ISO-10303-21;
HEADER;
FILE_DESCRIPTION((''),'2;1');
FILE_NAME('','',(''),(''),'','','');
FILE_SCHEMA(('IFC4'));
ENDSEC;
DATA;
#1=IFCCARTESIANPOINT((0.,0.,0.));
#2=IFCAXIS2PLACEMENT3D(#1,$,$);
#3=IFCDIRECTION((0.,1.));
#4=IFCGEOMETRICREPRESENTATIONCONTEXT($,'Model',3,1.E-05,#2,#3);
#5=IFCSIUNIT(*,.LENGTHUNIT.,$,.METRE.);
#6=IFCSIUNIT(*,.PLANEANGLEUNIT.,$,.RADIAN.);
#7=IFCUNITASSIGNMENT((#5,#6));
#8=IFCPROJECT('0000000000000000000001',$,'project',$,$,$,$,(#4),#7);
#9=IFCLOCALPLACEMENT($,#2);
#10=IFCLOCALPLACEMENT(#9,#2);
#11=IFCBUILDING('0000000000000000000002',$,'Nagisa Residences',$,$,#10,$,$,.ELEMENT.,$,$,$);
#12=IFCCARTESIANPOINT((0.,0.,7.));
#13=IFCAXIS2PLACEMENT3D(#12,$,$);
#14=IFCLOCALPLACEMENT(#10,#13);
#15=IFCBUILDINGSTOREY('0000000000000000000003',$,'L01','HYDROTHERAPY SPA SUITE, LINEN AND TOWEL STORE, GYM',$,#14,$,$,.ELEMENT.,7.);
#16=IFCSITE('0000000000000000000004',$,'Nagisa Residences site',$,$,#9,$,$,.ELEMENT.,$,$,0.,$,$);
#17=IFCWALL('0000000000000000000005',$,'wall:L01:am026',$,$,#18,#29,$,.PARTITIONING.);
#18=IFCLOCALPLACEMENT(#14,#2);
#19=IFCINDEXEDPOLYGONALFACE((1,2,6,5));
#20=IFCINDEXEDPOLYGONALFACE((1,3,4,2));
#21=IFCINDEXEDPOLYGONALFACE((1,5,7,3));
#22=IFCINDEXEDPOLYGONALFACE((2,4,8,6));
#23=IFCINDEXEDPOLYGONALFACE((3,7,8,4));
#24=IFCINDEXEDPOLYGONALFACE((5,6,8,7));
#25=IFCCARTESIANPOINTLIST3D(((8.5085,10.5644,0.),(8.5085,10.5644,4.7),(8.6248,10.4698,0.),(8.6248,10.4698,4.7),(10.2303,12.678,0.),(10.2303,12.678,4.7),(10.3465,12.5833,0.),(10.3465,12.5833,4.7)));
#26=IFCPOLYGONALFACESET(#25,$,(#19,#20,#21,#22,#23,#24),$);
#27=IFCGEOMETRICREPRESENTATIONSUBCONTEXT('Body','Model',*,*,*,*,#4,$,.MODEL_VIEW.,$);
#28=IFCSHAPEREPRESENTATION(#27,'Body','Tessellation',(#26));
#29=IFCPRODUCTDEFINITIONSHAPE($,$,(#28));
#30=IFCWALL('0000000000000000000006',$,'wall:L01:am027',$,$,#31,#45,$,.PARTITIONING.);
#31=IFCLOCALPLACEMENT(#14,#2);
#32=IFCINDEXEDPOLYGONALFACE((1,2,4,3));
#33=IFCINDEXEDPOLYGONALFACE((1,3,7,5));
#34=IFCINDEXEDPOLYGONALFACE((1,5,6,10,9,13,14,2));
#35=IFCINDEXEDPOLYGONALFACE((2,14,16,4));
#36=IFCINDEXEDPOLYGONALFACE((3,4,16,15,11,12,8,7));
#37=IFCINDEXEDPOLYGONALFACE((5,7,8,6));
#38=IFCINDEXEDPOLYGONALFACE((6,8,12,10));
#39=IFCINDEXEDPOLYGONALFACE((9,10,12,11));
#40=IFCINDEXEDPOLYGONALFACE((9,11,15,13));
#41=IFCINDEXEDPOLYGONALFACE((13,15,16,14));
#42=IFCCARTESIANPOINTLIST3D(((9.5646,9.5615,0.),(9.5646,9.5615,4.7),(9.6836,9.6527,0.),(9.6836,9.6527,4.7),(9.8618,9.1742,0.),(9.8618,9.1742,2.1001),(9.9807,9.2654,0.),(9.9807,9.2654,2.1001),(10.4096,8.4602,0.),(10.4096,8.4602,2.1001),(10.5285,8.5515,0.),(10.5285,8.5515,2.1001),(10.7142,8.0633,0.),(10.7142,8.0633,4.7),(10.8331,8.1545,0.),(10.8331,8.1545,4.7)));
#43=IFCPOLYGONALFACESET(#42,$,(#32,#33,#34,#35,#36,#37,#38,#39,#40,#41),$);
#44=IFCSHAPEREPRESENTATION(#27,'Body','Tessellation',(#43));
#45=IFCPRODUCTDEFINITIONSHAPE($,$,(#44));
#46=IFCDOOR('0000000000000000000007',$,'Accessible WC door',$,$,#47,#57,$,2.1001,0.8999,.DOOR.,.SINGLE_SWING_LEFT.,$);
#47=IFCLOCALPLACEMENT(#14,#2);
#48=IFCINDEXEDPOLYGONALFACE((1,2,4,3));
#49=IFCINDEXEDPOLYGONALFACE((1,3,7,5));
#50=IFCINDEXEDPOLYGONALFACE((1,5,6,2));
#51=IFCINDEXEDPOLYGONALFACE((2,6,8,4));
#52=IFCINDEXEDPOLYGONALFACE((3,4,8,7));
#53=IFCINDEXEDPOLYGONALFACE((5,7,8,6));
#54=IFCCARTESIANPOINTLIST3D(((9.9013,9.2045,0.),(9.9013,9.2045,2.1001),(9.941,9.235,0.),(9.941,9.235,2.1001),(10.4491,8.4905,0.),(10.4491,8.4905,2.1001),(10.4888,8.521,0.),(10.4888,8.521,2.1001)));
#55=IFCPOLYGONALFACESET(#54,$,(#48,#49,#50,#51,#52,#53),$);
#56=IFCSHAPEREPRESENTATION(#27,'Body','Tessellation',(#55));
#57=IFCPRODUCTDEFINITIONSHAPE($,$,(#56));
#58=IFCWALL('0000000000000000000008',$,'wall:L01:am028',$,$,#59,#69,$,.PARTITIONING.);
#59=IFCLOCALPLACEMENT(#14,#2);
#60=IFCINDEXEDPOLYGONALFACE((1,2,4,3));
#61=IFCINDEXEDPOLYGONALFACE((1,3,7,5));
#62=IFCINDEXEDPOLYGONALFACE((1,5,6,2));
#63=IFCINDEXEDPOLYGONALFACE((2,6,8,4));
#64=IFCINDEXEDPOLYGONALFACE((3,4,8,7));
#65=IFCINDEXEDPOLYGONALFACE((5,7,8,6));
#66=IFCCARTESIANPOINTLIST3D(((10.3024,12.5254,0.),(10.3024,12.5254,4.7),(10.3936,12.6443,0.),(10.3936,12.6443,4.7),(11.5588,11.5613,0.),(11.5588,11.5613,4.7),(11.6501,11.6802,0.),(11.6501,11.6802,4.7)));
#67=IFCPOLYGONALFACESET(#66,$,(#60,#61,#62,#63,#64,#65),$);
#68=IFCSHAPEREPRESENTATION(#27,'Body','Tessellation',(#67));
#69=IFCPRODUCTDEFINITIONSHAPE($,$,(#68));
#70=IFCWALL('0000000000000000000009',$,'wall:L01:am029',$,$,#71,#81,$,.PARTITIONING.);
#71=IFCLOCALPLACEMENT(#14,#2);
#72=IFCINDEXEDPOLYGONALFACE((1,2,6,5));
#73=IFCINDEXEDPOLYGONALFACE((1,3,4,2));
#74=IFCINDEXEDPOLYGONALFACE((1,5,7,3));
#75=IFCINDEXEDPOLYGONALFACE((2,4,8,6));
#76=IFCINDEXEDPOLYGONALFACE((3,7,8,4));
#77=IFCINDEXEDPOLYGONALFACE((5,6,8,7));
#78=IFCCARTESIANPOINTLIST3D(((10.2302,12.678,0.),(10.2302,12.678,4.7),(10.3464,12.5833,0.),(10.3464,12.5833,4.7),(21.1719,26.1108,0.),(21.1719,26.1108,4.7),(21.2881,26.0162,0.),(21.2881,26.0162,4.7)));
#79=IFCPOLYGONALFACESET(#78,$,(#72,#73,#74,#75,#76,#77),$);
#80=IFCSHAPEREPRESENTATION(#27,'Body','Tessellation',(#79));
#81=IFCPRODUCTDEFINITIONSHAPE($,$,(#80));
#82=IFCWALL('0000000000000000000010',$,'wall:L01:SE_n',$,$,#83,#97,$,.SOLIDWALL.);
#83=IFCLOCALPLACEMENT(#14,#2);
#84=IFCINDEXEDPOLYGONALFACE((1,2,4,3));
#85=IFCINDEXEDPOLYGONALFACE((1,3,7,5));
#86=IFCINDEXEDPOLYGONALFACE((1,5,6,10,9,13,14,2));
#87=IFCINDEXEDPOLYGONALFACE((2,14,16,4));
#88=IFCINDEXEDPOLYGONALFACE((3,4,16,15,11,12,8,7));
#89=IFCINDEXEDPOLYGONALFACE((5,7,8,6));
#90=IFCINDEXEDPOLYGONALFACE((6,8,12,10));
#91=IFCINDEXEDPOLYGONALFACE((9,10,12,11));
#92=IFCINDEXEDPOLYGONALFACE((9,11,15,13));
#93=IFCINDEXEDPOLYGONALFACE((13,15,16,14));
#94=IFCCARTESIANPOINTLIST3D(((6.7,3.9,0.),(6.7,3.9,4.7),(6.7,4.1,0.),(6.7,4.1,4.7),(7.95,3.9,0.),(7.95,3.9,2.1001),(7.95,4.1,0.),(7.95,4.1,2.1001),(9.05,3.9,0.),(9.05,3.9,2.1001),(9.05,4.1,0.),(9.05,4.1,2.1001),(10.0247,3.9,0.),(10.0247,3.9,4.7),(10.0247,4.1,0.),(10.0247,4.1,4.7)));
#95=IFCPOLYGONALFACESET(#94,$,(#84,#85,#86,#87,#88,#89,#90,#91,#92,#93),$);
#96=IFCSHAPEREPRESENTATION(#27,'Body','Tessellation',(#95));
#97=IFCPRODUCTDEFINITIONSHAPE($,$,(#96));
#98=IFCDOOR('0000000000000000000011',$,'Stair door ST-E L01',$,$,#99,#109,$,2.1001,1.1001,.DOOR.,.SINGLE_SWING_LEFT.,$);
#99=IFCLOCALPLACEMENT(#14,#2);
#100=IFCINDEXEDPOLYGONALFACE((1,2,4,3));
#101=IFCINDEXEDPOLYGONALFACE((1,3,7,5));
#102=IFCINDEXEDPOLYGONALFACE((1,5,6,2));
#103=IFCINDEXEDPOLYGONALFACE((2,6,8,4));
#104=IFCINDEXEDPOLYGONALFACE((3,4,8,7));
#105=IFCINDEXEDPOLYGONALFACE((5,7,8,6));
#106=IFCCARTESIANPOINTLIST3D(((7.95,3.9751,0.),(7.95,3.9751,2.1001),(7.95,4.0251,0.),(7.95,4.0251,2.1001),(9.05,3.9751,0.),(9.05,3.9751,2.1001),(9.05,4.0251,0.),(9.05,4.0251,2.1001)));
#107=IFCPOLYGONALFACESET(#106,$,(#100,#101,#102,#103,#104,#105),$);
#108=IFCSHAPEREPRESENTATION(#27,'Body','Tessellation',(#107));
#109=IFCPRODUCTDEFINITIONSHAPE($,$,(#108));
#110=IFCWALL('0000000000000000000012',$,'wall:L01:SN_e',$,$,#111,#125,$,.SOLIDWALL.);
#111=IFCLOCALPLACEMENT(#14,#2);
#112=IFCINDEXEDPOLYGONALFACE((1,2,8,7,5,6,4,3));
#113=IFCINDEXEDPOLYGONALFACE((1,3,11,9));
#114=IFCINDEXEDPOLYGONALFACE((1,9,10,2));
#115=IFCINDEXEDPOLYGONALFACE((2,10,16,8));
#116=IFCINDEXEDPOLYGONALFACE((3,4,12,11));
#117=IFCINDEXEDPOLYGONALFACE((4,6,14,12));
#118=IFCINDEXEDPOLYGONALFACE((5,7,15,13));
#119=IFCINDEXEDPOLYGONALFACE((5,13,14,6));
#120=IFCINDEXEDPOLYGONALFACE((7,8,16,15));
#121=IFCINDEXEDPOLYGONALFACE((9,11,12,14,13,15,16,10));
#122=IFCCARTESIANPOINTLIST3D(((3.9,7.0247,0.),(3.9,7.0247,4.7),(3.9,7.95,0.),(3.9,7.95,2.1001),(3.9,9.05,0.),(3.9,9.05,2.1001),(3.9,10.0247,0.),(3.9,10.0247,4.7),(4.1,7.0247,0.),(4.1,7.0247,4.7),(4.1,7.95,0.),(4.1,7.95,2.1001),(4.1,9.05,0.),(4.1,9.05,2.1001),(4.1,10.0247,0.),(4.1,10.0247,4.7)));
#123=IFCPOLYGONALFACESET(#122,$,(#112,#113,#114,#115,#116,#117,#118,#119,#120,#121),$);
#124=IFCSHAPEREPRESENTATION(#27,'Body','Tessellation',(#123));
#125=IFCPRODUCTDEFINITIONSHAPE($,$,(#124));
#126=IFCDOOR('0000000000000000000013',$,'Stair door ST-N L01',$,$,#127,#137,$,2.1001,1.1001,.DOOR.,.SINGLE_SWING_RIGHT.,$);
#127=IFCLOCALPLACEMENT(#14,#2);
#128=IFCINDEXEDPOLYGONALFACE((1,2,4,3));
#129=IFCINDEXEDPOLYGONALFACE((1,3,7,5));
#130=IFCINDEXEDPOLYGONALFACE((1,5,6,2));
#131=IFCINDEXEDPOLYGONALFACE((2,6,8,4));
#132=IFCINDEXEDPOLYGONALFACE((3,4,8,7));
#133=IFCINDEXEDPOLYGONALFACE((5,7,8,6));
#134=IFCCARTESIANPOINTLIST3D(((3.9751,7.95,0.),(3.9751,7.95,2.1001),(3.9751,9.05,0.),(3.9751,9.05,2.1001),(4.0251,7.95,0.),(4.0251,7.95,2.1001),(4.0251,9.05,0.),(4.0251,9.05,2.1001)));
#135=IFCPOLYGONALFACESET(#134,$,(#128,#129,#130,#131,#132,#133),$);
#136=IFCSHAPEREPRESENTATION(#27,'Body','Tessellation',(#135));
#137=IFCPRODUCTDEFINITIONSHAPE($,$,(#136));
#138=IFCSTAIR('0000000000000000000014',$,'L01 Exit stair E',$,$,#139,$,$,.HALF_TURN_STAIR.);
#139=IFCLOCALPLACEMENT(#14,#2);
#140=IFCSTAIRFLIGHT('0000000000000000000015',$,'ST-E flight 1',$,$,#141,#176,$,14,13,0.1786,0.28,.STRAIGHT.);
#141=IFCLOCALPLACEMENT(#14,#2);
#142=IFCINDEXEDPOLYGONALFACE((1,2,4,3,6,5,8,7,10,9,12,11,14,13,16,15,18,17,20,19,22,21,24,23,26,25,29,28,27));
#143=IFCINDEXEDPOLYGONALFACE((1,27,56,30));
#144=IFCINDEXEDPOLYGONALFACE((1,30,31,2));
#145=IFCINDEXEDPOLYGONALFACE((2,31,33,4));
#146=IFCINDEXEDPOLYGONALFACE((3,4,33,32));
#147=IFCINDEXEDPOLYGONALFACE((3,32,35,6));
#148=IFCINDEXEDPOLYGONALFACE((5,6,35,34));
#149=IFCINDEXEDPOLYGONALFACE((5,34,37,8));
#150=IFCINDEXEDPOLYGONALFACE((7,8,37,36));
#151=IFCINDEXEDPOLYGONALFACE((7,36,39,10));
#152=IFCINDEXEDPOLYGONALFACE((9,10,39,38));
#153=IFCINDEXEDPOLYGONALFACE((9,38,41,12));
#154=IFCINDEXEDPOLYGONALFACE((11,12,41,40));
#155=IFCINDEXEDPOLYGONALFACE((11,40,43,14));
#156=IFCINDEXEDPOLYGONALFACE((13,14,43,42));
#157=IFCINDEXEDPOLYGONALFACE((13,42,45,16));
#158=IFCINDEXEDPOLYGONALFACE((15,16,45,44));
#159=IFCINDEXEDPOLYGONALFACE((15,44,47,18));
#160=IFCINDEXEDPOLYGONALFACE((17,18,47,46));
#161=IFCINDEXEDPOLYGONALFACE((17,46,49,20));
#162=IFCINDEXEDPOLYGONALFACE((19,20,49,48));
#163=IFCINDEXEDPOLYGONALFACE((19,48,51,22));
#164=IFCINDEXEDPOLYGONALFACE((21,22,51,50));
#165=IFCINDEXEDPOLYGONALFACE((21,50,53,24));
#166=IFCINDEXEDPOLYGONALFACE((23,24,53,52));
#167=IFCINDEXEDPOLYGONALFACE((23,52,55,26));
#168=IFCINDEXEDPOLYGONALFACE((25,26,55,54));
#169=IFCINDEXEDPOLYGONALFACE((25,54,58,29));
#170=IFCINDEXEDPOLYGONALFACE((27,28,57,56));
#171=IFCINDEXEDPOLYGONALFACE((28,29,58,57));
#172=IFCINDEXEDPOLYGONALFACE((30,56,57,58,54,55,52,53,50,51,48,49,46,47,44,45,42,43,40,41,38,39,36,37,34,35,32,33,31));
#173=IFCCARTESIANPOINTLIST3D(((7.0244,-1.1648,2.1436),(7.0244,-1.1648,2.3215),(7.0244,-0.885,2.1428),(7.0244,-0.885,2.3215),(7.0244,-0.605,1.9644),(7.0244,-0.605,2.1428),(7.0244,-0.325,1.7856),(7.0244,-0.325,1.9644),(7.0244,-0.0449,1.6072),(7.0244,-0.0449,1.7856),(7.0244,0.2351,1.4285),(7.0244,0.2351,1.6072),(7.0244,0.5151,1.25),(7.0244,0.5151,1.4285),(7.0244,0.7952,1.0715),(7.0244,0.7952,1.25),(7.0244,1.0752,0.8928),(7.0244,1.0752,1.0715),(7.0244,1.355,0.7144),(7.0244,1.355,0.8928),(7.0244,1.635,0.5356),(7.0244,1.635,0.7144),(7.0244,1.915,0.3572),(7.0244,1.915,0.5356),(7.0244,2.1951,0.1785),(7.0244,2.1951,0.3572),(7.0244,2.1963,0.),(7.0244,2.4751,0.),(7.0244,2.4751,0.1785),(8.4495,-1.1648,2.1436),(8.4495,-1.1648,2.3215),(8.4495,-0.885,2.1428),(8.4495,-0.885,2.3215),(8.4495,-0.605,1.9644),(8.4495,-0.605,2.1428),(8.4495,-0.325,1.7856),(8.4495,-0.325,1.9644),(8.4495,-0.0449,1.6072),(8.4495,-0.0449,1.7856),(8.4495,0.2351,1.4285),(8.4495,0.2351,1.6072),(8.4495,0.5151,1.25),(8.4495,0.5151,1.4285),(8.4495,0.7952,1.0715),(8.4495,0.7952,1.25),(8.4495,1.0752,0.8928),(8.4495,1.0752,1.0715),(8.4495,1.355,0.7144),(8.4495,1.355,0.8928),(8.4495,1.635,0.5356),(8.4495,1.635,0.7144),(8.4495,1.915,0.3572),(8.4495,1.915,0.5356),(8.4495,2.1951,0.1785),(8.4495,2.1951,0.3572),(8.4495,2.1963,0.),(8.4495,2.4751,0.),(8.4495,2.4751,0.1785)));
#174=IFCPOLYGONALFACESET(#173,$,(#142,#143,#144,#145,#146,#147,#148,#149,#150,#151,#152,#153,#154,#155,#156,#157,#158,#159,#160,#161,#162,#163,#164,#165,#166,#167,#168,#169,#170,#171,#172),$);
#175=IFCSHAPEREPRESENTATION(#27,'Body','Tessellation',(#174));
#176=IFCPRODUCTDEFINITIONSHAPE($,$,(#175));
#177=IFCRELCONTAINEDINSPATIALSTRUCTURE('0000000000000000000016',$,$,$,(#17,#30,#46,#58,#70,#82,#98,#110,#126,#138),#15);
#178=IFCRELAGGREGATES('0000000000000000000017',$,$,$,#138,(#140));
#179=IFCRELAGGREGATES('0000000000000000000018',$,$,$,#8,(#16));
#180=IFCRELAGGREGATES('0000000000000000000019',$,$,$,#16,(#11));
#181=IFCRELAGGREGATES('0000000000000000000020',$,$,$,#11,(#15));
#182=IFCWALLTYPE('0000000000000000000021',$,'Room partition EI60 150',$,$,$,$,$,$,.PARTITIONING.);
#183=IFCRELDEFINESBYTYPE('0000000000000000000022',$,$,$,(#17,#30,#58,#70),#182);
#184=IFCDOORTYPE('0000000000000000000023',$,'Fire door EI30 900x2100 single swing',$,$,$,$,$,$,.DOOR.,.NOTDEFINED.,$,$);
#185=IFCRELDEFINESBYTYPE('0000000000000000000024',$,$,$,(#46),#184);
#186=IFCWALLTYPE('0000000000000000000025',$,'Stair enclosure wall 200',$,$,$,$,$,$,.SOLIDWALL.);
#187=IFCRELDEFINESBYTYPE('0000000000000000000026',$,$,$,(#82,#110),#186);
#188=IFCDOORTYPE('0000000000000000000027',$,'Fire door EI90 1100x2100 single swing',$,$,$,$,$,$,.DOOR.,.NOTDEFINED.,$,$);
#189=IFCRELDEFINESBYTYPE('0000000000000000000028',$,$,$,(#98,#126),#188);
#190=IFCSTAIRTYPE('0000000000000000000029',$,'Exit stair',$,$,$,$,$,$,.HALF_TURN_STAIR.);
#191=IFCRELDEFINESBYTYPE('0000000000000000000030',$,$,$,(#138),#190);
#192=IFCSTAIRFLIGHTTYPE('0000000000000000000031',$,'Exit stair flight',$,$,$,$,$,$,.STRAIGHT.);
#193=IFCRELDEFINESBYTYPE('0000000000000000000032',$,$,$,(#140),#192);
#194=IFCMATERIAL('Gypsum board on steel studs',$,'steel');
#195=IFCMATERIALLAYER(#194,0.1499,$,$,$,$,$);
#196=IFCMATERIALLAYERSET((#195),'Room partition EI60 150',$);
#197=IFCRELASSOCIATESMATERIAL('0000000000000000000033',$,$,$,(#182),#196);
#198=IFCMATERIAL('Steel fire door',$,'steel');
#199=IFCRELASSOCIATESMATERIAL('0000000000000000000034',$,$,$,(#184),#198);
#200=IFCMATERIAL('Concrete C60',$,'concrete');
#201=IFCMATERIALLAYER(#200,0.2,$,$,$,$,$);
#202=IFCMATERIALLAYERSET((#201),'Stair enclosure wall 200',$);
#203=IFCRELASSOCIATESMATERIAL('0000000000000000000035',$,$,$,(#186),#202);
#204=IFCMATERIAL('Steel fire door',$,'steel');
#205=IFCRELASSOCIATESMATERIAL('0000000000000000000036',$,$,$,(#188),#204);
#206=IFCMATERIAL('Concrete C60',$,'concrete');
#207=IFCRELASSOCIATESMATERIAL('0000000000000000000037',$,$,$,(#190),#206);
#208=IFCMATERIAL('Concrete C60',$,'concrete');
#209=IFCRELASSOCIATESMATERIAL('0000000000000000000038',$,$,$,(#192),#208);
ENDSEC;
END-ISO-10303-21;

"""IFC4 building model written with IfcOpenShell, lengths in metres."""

from ifc_helpers import new_model, si_unit, direction, frame, frame_2d, origin, place, context, subcontext, project, spatial, polyline, rectangle, outline, extrude, material, layer, layer_set, type_object, element, fill, aggregate, save


model = new_model("IFC4")

# Units and contexts
model_context = context("Model", 3, precision=1e-05, world=origin(), true_north=direction((0.0, 1.0)))
body_context = subcontext(model_context, "Body", "Model", "MODEL_VIEW")
ifc_project = project(units=[si_unit("LENGTHUNIT", "METRE"), si_unit("PLANEANGLEUNIT", "RADIAN")], contexts=[model_context])

# Site, building, storey
site_placement = place(None, origin())
site = spatial("IfcSite", under=ifc_project, at=site_placement, Name="Nagisa Residences site", CompositionType="ELEMENT", RefElevation=0.0)
building_placement = place(site_placement, origin())
building = spatial("IfcBuilding", under=site, at=building_placement, Name="Nagisa Residences", CompositionType="ELEMENT")
storey_placement = place(building_placement, frame((0.0, 0.0, 7.0)))
storey = spatial("IfcBuildingStorey", under=building, at=storey_placement, Name="L01", Description="HYDROTHERAPY SPA SUITE, LINEN AND TOWEL STORE, GYM", CompositionType="ELEMENT", Elevation=7.0)

# Shared definitions
ifc_material_1 = material(Name="Gypsum board on steel studs", Category="steel")
ifc_layer_1 = layer(ifc_material_1, 0.1499)
ifc_layer_set_1 = layer_set([ifc_layer_1], Name="Room partition EI60 150")
wall_type_1 = type_object("IfcWallType", Name="Room partition EI60 150", PredefinedType="PARTITIONING", material=ifc_layer_set_1)

# Shared definitions
ifc_material_2 = material(Name="Steel fire door", Category="steel")
door_type_1 = type_object("IfcDoorType", Name="Fire door EI30 900x2100 single swing", OperationType="NOTDEFINED", PredefinedType="DOOR", material=ifc_material_2)

# Wall
wall_1_placement = place(storey_placement, frame((8.5667, 10.5171, 0.0), z_axis=(0.0, 0.0, 1.0), x_axis=(0.631573, 0.775316, 0.0)))
element("IfcWall", 1, at=wall_1_placement, inside=storey, type_object=wall_type_1, Name="wall:L01:am026", PredefinedType="PARTITIONING", context=body_context, shape_type="SweptSolid", body=[
    extrude(rectangle(XDim=2.7261, YDim=0.1499, at=frame_2d((1.363, 0.0))), origin(), (0.0, 0.0, 1.0), 4.7),
])

# Wall, opening, door
wall_2_placement = place(storey_placement, frame((9.624, 9.6072, 0.0), z_axis=(0.0, 0.0, 1.0), x_axis=(0.608754, -0.793359, 0.0)))
wall_2 = element("IfcWall", 2, at=wall_2_placement, inside=storey, type_object=wall_type_1, Name="wall:L01:am027", PredefinedType="PARTITIONING", context=body_context, shape_type="SweptSolid", body=[
    extrude(rectangle(XDim=1.8884, YDim=0.1499, at=frame_2d((0.9443, 0.0))), origin(), (0.0, 0.0, 1.0), 4.7),
])
opening_1_placement = place(wall_2_placement, frame((0.4883, 0.0, 0.0)))
opening_1 = element("IfcOpeningElement", 3, at=opening_1_placement, cuts=wall_2, PredefinedType="OPENING", context=body_context, shape_type="SweptSolid", body=[
    extrude(rectangle(XDim=0.8999, YDim=2.1001, at=frame_2d((0.45, 1.05))), frame((0.0, 0.085, 0.0), z_axis=(0.0, -1.0, 0.0), x_axis=(1.0, 0.0, 0.0)), (0.0, 0.0, 1.0), 0.1699),
])
door_1_placement = place(opening_1_placement, origin())
door_1 = element("IfcDoor", 4, at=door_1_placement, inside=storey, type_object=door_type_1, Name="Accessible WC door", OperationType="SINGLE_SWING_LEFT", OverallHeight=2.1001, OverallWidth=0.8999, PredefinedType="DOOR", context=body_context, shape_type="SweptSolid", body=[
    extrude(rectangle(XDim=0.8999, YDim=2.1001, at=frame_2d((0.45, 1.05))), frame((0.0, 0.0249, 0.0), z_axis=(0.0, -1.0, 0.0), x_axis=(1.0, 0.0, 0.0)), (0.0, 0.0, 1.0), 0.05),
])
fill(opening_1, door_1)

# Walls
wall_3_placement = place(storey_placement, frame((10.3479, 12.585, 0.0), z_axis=(0.0, 0.0, 1.0), x_axis=(0.793328, -0.608794, 0.0)))
element("IfcWall", 5, at=wall_3_placement, inside=storey, type_object=wall_type_1, Name="wall:L01:am028", PredefinedType="PARTITIONING", context=body_context, shape_type="SweptSolid", body=[
    extrude(rectangle(XDim=1.5837, YDim=0.1499, at=frame_2d((0.792, 0.0))), origin(), (0.0, 0.0, 1.0), 4.7),
])
wall_4_placement = place(storey_placement, frame((10.2883, 12.6306, 0.0), z_axis=(0.0, 0.0, 1.0), x_axis=(0.631547, 0.775338, 0.0)))
element("IfcWall", 6, at=wall_4_placement, inside=storey, type_object=wall_type_1, Name="wall:L01:am029", PredefinedType="PARTITIONING", context=body_context, shape_type="SweptSolid", body=[
    extrude(rectangle(XDim=17.3252, YDim=0.1499, at=frame_2d((8.6626, 0.0))), origin(), (0.0, 0.0, 1.0), 4.7),
])

# Walls, openings, doors
ifc_material_3 = material(Name="Concrete C60", Category="concrete")
ifc_layer_2 = layer(ifc_material_3, 0.2)
ifc_layer_set_2 = layer_set([ifc_layer_2], Name="Stair enclosure wall 200")
wall_type_2 = type_object("IfcWallType", Name="Stair enclosure wall 200", PredefinedType="SOLIDWALL", material=ifc_layer_set_2)
wall_5_placement = place(storey_placement, frame((6.7, 4.0, 0.0), z_axis=(0.0, 0.0, 1.0), x_axis=(1.0, 0.0, 0.0)))
wall_5 = element("IfcWall", 7, at=wall_5_placement, inside=storey, type_object=wall_type_2, Name="wall:L01:SE_n", PredefinedType="SOLIDWALL", context=body_context, shape_type="SweptSolid", body=[
    extrude(rectangle(XDim=3.3247, YDim=0.2, at=frame_2d((1.6624, 0.0))), origin(), (0.0, 0.0, 1.0), 4.7),
])
opening_2_placement = place(wall_5_placement, frame((1.25, 0.0, 0.0)))
opening_2 = element("IfcOpeningElement", 8, at=opening_2_placement, cuts=wall_5, PredefinedType="OPENING", context=body_context, shape_type="SweptSolid", body=[
    extrude(rectangle(XDim=1.1001, YDim=2.1001, at=frame_2d((0.55, 1.05))), frame((0.0, 0.1099, 0.0), z_axis=(0.0, -1.0, 0.0), x_axis=(1.0, 0.0, 0.0)), (0.0, 0.0, 1.0), 0.22),
])
ifc_material_4 = material(Name="Steel fire door", Category="steel")
door_type_2 = type_object("IfcDoorType", Name="Fire door EI90 1100x2100 single swing", OperationType="NOTDEFINED", PredefinedType="DOOR", material=ifc_material_4)
door_2_placement = place(opening_2_placement, frame((1.1001, 0.0, 0.0), x_axis=(-1.0, 0.0, 0.0)))
door_2 = element("IfcDoor", 9, at=door_2_placement, inside=storey, type_object=door_type_2, Name="Stair door ST-E L01", OperationType="SINGLE_SWING_LEFT", OverallHeight=2.1001, OverallWidth=1.1001, PredefinedType="DOOR", context=body_context, shape_type="SweptSolid", body=[
    extrude(rectangle(XDim=1.1001, YDim=2.1001, at=frame_2d((0.55, 1.05))), frame((0.0, 0.0249, 0.0), z_axis=(0.0, -1.0, 0.0), x_axis=(1.0, 0.0, 0.0)), (0.0, 0.0, 1.0), 0.05),
])
fill(opening_2, door_2)
wall_6_placement = place(storey_placement, frame((4.0, 7.0247, 0.0), z_axis=(0.0, 0.0, 1.0), x_axis=(0.0, 1.0, 0.0)))
wall_6 = element("IfcWall", 10, at=wall_6_placement, inside=storey, type_object=wall_type_2, Name="wall:L01:SN_e", PredefinedType="SOLIDWALL", context=body_context, shape_type="SweptSolid", body=[
    extrude(rectangle(XDim=3.0, YDim=0.2, at=frame_2d((1.5, 0.0))), origin(), (0.0, 0.0, 1.0), 4.7),
])
opening_3_placement = place(wall_6_placement, frame((0.9253, 0.0, 0.0)))
opening_3 = element("IfcOpeningElement", 11, at=opening_3_placement, cuts=wall_6, PredefinedType="OPENING", context=body_context, shape_type="SweptSolid", body=[
    extrude(rectangle(XDim=1.1001, YDim=2.1001, at=frame_2d((0.55, 1.05))), frame((0.0, 0.1099, 0.0), z_axis=(0.0, -1.0, 0.0), x_axis=(1.0, 0.0, 0.0)), (0.0, 0.0, 1.0), 0.22),
])
door_3_placement = place(opening_3_placement, origin())
door_3 = element("IfcDoor", 12, at=door_3_placement, inside=storey, type_object=door_type_2, Name="Stair door ST-N L01", OperationType="SINGLE_SWING_RIGHT", OverallHeight=2.1001, OverallWidth=1.1001, PredefinedType="DOOR", context=body_context, shape_type="SweptSolid", body=[
    extrude(rectangle(XDim=1.1001, YDim=2.1001, at=frame_2d((0.55, 1.05))), frame((0.0, 0.0249, 0.0), z_axis=(0.0, -1.0, 0.0), x_axis=(1.0, 0.0, 0.0)), (0.0, 0.0, 1.0), 0.05),
])
fill(opening_3, door_3)

# Stair, stair flight
ifc_material_5 = material(Name="Concrete C60", Category="concrete")
stair_type = type_object("IfcStairType", Name="Exit stair", PredefinedType="HALF_TURN_STAIR", material=ifc_material_5)
stair_placement = place(storey_placement, origin())
stair = element("IfcStair", 13, at=stair_placement, inside=storey, type_object=stair_type, Name="L01 Exit stair E", PredefinedType="HALF_TURN_STAIR")
ifc_material_6 = material(Name="Concrete C60", Category="concrete")
stair_flight_type = type_object("IfcStairFlightType", Name="Exit stair flight", PredefinedType="STRAIGHT", material=ifc_material_6)
stair_flight_placement = place(storey_placement, frame((7.7371, 2.4751, 0.0), z_axis=(0.0, 0.0, 1.0), x_axis=(0.0, -1.0, 0.0)))
stair_flight = element("IfcStairFlight", 14, at=stair_flight_placement, type_object=stair_flight_type, Name="ST-E flight 1", NumberOfRisers=14, NumberOfTreads=13, PredefinedType="STRAIGHT", RiserHeight=0.1786, TreadLength=0.28, context=body_context, shape_type="SweptSolid", body=[
    extrude(outline(polyline([(0.0, 0.0), (0.0, 0.1785), (0.28, 0.1785), (0.28, 0.3572), (0.5601, 0.3572), (0.5601, 0.5356), (0.8401, 0.5356), (0.8401, 0.7144), (1.1201, 0.7144), (1.1201, 0.8928), (1.3999, 0.8928), (1.3999, 1.0715), (1.6799, 1.0715), (1.6799, 1.25), (1.96, 1.25), (1.96, 1.4285), (2.24, 1.4285), (2.24, 1.6072), (2.52, 1.6072), (2.52, 1.7856), (2.8, 1.7856), (2.8, 1.9644), (3.0801, 1.9644), (3.0801, 2.1428), (3.3601, 2.1428), (3.3601, 2.3215), (3.6399, 2.3215), (3.6399, 2.5), (3.6399, 2.1436), (0.2788, 0.0), (0.0, 0.0)])), frame((0.0, 0.7124, 0.0), z_axis=(0.0, -1.0, 0.0), x_axis=(1.0, 0.0, 0.0)), (0.0, 0.0, 1.0), 1.425),
])
aggregate(stair, [stair_flight])

save(model, "model.ifc")
